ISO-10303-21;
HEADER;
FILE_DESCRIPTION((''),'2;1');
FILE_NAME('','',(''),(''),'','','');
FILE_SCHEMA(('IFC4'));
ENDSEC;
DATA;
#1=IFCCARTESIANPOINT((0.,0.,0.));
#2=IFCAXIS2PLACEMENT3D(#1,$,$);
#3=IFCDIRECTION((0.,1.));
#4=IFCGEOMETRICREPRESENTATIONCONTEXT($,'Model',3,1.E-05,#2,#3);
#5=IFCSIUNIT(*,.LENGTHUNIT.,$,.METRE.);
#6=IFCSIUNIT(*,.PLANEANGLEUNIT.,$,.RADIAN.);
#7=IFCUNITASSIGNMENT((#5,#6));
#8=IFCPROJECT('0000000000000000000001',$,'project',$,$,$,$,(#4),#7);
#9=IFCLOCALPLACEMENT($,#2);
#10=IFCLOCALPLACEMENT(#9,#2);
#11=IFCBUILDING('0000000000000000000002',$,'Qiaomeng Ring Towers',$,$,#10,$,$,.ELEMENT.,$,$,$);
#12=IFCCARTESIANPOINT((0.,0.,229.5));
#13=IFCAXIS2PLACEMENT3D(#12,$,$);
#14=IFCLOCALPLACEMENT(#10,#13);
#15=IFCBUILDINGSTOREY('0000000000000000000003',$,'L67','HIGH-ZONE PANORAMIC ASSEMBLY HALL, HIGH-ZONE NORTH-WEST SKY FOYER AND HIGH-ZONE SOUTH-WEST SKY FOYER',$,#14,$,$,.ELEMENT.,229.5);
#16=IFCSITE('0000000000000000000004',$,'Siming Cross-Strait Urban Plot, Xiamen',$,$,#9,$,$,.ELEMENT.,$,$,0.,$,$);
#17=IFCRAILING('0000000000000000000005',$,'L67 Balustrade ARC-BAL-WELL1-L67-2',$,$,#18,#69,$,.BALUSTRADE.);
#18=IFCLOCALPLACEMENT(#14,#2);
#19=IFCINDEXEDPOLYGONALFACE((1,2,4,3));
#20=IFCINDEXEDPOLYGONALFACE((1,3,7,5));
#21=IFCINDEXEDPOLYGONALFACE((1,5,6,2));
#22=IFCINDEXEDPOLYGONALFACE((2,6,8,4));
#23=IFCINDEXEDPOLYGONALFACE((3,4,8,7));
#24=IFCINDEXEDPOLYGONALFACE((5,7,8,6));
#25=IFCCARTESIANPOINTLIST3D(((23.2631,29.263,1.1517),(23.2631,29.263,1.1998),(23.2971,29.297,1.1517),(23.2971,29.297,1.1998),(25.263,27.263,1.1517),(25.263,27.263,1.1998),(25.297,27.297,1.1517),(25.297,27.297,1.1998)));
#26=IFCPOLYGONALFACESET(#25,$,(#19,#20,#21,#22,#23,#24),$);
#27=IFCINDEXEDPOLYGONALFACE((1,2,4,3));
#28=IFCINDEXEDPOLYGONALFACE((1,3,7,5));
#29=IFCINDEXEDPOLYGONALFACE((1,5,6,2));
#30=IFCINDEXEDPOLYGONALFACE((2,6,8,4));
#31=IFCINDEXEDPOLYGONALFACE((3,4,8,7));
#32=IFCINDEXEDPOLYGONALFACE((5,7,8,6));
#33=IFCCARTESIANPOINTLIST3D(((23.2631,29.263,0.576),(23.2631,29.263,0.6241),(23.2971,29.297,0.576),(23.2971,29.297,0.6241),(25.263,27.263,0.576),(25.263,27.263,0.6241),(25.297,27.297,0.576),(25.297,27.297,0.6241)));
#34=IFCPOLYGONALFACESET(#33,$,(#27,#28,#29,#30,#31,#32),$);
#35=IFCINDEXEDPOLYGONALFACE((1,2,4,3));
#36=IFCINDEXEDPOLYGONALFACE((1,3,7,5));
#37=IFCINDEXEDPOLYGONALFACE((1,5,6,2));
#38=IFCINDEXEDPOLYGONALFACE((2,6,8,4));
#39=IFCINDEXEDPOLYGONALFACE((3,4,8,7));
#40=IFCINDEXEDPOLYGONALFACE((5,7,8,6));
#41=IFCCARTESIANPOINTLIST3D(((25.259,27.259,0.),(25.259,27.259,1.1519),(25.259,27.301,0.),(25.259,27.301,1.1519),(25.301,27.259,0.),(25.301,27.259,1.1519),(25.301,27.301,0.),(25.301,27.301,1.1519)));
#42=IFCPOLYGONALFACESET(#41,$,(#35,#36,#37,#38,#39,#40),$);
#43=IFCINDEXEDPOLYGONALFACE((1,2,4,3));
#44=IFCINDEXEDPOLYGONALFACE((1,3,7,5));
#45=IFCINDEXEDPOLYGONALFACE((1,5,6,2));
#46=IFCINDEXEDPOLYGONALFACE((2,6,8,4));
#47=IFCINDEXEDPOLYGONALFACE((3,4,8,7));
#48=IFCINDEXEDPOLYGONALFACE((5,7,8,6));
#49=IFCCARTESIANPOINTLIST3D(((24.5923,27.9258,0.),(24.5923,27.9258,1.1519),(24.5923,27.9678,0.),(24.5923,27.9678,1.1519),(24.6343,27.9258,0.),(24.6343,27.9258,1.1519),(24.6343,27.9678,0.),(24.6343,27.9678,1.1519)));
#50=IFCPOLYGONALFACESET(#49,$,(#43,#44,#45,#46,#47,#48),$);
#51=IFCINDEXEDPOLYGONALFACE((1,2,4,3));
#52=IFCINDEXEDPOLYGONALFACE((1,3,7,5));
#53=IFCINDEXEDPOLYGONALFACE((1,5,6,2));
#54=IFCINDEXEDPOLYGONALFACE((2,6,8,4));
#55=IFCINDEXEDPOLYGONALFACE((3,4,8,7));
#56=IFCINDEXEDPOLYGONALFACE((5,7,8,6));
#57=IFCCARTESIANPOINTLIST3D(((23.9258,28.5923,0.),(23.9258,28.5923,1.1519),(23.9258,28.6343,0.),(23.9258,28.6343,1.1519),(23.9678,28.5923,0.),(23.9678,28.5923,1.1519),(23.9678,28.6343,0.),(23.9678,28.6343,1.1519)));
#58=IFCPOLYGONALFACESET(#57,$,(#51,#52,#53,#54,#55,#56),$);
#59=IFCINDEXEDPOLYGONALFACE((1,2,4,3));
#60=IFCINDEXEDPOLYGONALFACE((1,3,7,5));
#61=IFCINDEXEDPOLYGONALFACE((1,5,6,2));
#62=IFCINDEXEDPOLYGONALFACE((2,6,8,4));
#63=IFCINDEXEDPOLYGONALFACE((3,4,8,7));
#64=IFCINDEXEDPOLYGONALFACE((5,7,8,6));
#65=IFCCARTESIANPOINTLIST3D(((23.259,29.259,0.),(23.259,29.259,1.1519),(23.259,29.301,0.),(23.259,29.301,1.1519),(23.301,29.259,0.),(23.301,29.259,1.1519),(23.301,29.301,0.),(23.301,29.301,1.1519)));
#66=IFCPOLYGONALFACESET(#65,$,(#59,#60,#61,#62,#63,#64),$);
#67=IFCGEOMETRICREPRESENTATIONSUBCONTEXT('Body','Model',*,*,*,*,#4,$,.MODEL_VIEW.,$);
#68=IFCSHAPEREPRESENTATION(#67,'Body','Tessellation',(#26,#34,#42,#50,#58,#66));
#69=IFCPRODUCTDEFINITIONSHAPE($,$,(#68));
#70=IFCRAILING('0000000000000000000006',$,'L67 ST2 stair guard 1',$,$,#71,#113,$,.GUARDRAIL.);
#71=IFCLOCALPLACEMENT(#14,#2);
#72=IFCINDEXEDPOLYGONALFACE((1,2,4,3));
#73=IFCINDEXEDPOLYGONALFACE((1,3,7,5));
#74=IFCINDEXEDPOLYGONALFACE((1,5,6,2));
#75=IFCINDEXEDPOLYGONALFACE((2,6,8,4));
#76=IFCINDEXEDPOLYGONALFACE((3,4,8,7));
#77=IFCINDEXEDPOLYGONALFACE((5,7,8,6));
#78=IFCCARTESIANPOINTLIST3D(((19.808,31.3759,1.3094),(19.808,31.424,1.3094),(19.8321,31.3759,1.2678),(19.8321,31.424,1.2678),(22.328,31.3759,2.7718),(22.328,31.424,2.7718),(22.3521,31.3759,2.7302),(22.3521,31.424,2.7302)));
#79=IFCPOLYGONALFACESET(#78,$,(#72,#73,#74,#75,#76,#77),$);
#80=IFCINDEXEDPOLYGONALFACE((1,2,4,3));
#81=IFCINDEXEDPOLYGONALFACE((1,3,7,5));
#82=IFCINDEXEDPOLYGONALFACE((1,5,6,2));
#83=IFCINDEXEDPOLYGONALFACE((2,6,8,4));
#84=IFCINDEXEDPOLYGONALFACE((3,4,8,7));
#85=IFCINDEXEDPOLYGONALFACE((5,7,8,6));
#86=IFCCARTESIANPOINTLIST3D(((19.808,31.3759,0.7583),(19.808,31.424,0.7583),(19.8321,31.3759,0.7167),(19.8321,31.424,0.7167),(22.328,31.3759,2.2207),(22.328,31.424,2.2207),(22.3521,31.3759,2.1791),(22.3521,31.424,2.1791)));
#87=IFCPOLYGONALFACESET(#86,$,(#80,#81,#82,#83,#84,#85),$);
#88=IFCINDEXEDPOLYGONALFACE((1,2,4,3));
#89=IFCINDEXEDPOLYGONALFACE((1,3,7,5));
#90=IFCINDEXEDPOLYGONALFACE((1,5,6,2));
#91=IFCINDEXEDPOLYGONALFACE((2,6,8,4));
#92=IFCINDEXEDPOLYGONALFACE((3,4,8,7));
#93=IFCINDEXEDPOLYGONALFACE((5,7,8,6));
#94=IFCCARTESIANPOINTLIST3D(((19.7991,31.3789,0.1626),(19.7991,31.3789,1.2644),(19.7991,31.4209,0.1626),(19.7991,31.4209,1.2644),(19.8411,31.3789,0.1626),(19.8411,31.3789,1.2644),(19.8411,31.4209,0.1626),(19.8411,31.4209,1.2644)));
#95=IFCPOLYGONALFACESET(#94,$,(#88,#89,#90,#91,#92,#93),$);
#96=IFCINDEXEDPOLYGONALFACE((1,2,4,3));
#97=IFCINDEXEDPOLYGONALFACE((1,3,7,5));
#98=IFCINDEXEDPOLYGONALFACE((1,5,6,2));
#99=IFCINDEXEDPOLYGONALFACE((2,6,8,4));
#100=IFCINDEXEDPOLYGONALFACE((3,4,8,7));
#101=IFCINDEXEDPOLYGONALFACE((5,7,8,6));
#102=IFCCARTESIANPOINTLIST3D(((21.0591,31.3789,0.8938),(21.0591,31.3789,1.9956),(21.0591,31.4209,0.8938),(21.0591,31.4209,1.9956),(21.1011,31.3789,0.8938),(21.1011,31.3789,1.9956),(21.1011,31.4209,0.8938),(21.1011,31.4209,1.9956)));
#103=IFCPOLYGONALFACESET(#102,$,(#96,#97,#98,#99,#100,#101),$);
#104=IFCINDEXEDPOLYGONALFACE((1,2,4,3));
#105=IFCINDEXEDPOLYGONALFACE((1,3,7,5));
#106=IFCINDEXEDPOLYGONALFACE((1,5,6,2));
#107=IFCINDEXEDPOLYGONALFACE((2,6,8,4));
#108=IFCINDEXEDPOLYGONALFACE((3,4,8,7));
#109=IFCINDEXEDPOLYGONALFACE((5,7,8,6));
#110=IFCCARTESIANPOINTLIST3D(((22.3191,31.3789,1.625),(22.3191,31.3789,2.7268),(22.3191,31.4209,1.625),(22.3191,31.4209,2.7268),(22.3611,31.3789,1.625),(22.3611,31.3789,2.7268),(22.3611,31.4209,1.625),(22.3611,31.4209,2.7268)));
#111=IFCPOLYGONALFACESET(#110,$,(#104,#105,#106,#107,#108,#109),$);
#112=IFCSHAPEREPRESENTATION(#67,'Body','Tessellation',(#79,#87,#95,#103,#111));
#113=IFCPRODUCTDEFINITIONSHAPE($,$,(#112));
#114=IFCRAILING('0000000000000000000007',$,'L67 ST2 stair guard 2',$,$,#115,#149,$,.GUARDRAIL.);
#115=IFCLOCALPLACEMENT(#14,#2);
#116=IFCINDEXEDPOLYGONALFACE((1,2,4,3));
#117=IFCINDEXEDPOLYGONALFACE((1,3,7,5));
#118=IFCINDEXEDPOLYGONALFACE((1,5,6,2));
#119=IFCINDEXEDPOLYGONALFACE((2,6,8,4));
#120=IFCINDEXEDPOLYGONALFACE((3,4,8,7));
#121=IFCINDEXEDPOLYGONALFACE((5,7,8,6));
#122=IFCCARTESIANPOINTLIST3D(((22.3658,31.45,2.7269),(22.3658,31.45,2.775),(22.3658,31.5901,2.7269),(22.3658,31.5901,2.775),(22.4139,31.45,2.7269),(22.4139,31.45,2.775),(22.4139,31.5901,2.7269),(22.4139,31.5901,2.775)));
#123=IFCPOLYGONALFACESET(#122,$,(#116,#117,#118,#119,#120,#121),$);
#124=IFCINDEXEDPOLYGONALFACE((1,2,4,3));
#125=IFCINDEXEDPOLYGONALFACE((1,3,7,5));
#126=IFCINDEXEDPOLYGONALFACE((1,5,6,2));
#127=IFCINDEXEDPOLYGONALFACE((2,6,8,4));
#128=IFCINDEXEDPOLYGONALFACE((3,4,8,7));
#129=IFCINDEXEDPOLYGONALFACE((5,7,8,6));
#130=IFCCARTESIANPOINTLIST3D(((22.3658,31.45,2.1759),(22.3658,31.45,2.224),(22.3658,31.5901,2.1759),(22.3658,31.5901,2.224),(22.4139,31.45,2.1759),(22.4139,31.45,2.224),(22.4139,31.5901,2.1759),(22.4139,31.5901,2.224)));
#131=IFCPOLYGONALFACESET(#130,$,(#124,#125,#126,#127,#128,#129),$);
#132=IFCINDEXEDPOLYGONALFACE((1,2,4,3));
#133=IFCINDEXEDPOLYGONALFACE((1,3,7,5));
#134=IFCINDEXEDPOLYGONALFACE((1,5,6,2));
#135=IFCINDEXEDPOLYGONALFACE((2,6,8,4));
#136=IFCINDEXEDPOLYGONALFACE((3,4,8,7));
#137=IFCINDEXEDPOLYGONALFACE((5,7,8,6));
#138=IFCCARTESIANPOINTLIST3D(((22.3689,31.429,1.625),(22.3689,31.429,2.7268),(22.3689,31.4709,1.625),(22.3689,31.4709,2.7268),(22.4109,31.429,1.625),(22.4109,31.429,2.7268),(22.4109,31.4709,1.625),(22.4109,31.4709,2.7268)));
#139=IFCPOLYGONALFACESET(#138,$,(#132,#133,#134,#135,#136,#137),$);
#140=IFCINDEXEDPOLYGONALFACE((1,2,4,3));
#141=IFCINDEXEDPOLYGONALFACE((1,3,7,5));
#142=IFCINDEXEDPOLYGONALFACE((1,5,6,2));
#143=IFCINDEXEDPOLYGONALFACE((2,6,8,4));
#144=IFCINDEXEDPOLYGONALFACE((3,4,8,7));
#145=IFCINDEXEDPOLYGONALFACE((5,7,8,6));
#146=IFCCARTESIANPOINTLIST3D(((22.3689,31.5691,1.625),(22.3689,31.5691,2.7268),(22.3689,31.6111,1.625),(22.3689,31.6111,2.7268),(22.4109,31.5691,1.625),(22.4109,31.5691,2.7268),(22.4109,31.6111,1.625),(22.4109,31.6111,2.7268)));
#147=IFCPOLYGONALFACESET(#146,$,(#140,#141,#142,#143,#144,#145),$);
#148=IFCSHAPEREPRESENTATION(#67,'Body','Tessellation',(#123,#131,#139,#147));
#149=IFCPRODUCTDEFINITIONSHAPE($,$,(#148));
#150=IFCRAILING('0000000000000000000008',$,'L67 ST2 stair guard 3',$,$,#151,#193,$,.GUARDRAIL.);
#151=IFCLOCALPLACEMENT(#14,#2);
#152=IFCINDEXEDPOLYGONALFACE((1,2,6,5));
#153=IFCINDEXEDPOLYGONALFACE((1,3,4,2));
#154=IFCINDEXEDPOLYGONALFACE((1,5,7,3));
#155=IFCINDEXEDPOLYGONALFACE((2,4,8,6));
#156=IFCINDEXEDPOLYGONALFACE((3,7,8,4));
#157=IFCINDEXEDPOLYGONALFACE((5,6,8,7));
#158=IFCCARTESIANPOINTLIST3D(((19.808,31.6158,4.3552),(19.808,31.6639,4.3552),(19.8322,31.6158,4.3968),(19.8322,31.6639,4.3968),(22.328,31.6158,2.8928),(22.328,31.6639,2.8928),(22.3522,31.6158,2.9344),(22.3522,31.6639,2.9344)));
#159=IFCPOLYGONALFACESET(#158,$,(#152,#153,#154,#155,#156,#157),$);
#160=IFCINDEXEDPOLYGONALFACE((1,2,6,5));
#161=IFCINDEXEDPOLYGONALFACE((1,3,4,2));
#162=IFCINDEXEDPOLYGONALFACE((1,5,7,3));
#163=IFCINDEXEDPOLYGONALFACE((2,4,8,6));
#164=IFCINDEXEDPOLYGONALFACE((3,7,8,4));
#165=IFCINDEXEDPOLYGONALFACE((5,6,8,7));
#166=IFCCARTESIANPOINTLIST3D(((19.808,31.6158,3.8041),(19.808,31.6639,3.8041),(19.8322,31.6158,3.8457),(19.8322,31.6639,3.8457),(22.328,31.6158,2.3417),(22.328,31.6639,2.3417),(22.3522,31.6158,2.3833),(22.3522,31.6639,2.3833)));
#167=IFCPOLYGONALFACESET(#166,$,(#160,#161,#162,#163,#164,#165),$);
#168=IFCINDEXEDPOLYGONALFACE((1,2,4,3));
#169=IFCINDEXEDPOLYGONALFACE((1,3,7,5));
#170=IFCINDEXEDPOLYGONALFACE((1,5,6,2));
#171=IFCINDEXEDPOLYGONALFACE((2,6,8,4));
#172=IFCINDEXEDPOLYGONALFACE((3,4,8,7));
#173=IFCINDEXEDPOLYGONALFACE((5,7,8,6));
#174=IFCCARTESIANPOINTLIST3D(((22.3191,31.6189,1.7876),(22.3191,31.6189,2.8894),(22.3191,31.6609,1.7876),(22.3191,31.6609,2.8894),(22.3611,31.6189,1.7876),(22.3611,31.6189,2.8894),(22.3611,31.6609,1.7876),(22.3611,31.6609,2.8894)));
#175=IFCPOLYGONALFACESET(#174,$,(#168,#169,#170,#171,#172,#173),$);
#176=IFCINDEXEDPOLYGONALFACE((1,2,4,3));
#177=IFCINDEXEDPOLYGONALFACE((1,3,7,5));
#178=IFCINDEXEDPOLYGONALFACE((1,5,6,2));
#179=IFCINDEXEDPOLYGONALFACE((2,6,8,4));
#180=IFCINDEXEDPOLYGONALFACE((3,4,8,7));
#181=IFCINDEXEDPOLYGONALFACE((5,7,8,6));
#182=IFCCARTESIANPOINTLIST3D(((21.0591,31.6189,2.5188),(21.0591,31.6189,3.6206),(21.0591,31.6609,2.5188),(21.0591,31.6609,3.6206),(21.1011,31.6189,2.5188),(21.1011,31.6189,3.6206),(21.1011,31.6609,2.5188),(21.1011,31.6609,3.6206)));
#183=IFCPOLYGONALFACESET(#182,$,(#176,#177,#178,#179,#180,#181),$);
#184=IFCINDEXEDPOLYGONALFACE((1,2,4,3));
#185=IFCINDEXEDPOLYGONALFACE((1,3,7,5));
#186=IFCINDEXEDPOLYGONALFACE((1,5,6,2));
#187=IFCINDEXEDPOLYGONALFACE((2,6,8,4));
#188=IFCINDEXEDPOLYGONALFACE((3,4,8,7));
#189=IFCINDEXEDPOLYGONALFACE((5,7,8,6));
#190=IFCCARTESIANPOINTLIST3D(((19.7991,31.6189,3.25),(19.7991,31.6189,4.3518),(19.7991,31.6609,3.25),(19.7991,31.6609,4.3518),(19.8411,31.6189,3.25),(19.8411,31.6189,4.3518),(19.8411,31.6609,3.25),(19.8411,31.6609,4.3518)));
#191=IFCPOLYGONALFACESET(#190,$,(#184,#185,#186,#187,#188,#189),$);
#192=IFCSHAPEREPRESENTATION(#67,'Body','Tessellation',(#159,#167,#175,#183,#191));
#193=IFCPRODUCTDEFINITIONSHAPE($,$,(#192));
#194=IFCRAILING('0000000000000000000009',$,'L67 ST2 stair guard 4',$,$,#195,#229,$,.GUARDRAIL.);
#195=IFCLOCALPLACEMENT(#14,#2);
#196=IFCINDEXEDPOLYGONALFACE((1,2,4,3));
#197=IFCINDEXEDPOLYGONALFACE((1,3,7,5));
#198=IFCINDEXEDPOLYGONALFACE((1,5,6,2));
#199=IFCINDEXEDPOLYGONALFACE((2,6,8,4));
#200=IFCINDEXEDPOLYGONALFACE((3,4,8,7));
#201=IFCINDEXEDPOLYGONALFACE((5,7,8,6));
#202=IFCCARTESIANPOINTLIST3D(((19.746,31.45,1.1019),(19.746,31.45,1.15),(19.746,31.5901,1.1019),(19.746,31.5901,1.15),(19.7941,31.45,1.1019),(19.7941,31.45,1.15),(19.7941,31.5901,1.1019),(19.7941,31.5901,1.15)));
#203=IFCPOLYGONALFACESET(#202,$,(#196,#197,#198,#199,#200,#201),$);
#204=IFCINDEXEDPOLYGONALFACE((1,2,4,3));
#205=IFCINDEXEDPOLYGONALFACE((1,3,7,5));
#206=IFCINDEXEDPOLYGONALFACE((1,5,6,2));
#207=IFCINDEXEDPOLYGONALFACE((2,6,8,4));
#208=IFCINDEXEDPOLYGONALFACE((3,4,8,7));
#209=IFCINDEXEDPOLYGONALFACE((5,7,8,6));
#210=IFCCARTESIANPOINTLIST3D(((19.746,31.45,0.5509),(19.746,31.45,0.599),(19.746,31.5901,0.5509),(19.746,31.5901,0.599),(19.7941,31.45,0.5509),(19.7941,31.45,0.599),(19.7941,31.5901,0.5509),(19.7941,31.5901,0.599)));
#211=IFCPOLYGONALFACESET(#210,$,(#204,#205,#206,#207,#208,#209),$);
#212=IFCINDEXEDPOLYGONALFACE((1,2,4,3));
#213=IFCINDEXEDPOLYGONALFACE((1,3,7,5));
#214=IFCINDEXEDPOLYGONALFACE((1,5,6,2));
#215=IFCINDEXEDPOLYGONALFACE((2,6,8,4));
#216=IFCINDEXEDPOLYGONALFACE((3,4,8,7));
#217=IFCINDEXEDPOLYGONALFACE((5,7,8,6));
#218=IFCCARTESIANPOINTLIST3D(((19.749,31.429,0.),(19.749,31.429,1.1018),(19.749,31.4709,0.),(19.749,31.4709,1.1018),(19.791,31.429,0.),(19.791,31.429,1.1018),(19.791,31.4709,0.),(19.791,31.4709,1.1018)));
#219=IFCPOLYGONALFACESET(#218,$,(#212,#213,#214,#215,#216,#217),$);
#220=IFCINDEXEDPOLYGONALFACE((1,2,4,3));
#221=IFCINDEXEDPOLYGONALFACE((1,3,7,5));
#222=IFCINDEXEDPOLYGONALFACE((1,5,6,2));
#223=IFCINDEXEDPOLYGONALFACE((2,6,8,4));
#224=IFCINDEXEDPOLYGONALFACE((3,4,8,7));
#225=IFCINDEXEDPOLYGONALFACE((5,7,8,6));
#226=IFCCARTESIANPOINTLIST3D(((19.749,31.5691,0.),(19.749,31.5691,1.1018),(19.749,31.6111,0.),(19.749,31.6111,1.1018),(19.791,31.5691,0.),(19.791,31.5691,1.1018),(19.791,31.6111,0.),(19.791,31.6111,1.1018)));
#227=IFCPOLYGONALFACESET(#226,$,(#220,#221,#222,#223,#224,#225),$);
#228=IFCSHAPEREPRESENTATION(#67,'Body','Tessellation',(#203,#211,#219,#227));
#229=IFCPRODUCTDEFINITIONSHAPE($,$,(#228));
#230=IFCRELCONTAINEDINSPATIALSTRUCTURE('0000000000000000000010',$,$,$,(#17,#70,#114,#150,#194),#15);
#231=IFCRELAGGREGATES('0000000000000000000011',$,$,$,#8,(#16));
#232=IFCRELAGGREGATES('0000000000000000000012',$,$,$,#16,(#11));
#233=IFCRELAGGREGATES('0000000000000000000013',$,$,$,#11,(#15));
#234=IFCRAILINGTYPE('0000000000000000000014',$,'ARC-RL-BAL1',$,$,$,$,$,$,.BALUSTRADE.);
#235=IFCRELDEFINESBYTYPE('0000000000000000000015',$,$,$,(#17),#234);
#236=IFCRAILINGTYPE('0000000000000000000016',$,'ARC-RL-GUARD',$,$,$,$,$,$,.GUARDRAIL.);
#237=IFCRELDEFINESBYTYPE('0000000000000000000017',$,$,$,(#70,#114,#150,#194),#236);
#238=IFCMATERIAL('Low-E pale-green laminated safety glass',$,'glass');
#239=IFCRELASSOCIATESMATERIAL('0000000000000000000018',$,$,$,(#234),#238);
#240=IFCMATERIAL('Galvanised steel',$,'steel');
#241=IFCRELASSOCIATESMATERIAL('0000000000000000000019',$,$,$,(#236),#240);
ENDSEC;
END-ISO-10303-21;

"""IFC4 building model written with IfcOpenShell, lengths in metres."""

from ifc_helpers import new_model, si_unit, direction, frame, origin, origin_2d, place, context, subcontext, project, spatial, rectangle, extrude, material, type_object, element, save


model = new_model("IFC4")

# Units and contexts
model_context = context("Model", 3, precision=1e-05, world=origin(), true_north=direction((0.0, 1.0)))
body_context = subcontext(model_context, "Body", "Model", "MODEL_VIEW")
ifc_project = project(units=[si_unit("LENGTHUNIT", "METRE"), si_unit("PLANEANGLEUNIT", "RADIAN")], contexts=[model_context])

# Site, building, storey
site_placement = place(None, origin())
site = spatial("IfcSite", under=ifc_project, at=site_placement, Name="Siming Cross-Strait Urban Plot, Xiamen", CompositionType="ELEMENT", RefElevation=0.0)
building_placement = place(site_placement, origin())
building = spatial("IfcBuilding", under=site, at=building_placement, Name="Qiaomeng Ring Towers", CompositionType="ELEMENT")
storey_placement = place(building_placement, frame((0.0, 0.0, 229.5)))
storey = spatial("IfcBuildingStorey", under=building, at=storey_placement, Name="L67", Description="HIGH-ZONE PANORAMIC ASSEMBLY HALL, HIGH-ZONE NORTH-WEST SKY FOYER AND HIGH-ZONE SOUTH-WEST SKY FOYER", CompositionType="ELEMENT", Elevation=229.5)

# Shared definitions
ifc_material_1 = material(Name="Galvanised steel", Category="steel")

# Railings
ifc_material_2 = material(Name="Low-E pale-green laminated safety glass", Category="glass")
railing_type_1 = type_object("IfcRailingType", Name="ARC-RL-BAL1", PredefinedType="BALUSTRADE", material=ifc_material_2)
railing_1_placement = place(storey_placement, frame((25.28, 27.28, 0.0)))
element("IfcRailing", 1, at=railing_1_placement, inside=storey, type_object=railing_type_1, Name="L67 Balustrade ARC-BAL-WELL1-L67-2", PredefinedType="BALUSTRADE", context=body_context, shape_type="SweptSolid", body=[
    extrude(rectangle(XDim=0.0481, YDim=0.0481, at=origin_2d()), frame((0.0, 0.0, 1.1758), z_axis=(-0.707107, 0.707107, 0.0), x_axis=(-0.707107, -0.707107, 0.0)), (0.0, 0.0, 1.0), 2.8284),
    extrude(rectangle(XDim=0.0481, YDim=0.0481, at=origin_2d()), frame((0.0, 0.0, 0.6001), z_axis=(-0.707107, 0.707107, 0.0), x_axis=(-0.707107, -0.707107, 0.0)), (0.0, 0.0, 1.0), 2.8284),
    extrude(rectangle(XDim=0.042, YDim=0.042, at=origin_2d()), origin(), (0.0, 0.0, 1.0), 1.1519),
    extrude(rectangle(XDim=0.042, YDim=0.042, at=origin_2d()), frame((-0.6667, 0.6667, 0.0)), (0.0, 0.0, 1.0), 1.1519),
    extrude(rectangle(XDim=0.042, YDim=0.042, at=origin_2d()), frame((-1.3333, 1.3333, 0.0)), (0.0, 0.0, 1.0), 1.1519),
    extrude(rectangle(XDim=0.042, YDim=0.042, at=origin_2d()), frame((-2.0, 2.0, 0.0)), (0.0, 0.0, 1.0), 1.1519),
])
railing_type_2 = type_object("IfcRailingType", Name="ARC-RL-GUARD", PredefinedType="GUARDRAIL", material=ifc_material_1)
railing_2_placement = place(storey_placement, frame((19.8201, 31.3999, 0.1626)))
element("IfcRailing", 2, at=railing_2_placement, inside=storey, type_object=railing_type_2, Name="L67 ST2 stair guard 1", PredefinedType="GUARDRAIL", context=body_context, shape_type="SweptSolid", body=[
    extrude(rectangle(XDim=0.0481, YDim=0.0481, at=origin_2d()), frame((0.0, 0.0, 1.126), z_axis=(0.864913, 0.0, 0.501921), x_axis=(0.0, 1.0, 0.0)), (0.0, 0.0, 1.0), 2.9136),
    extrude(rectangle(XDim=0.0481, YDim=0.0481, at=origin_2d()), frame((0.0, 0.0, 0.575), z_axis=(0.864913, 0.0, 0.501921), x_axis=(0.0, 1.0, 0.0)), (0.0, 0.0, 1.0), 2.9136),
    extrude(rectangle(XDim=0.042, YDim=0.042, at=origin_2d()), origin(), (0.0, 0.0, 1.0), 1.1018),
    extrude(rectangle(XDim=0.042, YDim=0.042, at=origin_2d()), frame((1.26, 0.0, 0.7312)), (0.0, 0.0, 1.0), 1.1018),
    extrude(rectangle(XDim=0.042, YDim=0.042, at=origin_2d()), frame((2.52, 0.0, 1.4624)), (0.0, 0.0, 1.0), 1.1018),
])
railing_3_placement = place(storey_placement, frame((22.3899, 31.45, 1.625)))
element("IfcRailing", 3, at=railing_3_placement, inside=storey, type_object=railing_type_2, Name="L67 ST2 stair guard 2", PredefinedType="GUARDRAIL", context=body_context, shape_type="SweptSolid", body=[
    extrude(rectangle(XDim=0.0481, YDim=0.0481, at=origin_2d()), frame((0.0, 0.0, 1.126), z_axis=(0.0, 1.0, 0.0), x_axis=(-1.0, 0.0, 0.0)), (0.0, 0.0, 1.0), 0.1401),
    extrude(rectangle(XDim=0.0481, YDim=0.0481, at=origin_2d()), frame((0.0, 0.0, 0.575), z_axis=(0.0, 1.0, 0.0), x_axis=(-1.0, 0.0, 0.0)), (0.0, 0.0, 1.0), 0.1401),
    extrude(rectangle(XDim=0.042, YDim=0.042, at=origin_2d()), origin(), (0.0, 0.0, 1.0), 1.1018),
    extrude(rectangle(XDim=0.042, YDim=0.042, at=origin_2d()), frame((0.0, 0.1401, 0.0)), (0.0, 0.0, 1.0), 1.1018),
])
railing_4_placement = place(storey_placement, frame((22.3401, 31.6399, 1.7876)))
element("IfcRailing", 4, at=railing_4_placement, inside=storey, type_object=railing_type_2, Name="L67 ST2 stair guard 3", PredefinedType="GUARDRAIL", context=body_context, shape_type="SweptSolid", body=[
    extrude(rectangle(XDim=0.0481, YDim=0.0481, at=origin_2d()), frame((0.0, 0.0, 1.126), z_axis=(-0.864913, 0.0, 0.501921), x_axis=(0.0, -1.0, 0.0)), (0.0, 0.0, 1.0), 2.9136),
    extrude(rectangle(XDim=0.0481, YDim=0.0481, at=origin_2d()), frame((0.0, 0.0, 0.575), z_axis=(-0.864913, 0.0, 0.501921), x_axis=(0.0, -1.0, 0.0)), (0.0, 0.0, 1.0), 2.9136),
    extrude(rectangle(XDim=0.042, YDim=0.042, at=origin_2d()), origin(), (0.0, 0.0, 1.0), 1.1018),
    extrude(rectangle(XDim=0.042, YDim=0.042, at=origin_2d()), frame((-1.26, 0.0, 0.7312)), (0.0, 0.0, 1.0), 1.1018),
    extrude(rectangle(XDim=0.042, YDim=0.042, at=origin_2d()), frame((-2.52, 0.0, 1.4624)), (0.0, 0.0, 1.0), 1.1018),
])
railing_5_placement = place(storey_placement, frame((19.77, 31.45, 0.0)))
element("IfcRailing", 5, at=railing_5_placement, inside=storey, type_object=railing_type_2, Name="L67 ST2 stair guard 4", PredefinedType="GUARDRAIL", context=body_context, shape_type="SweptSolid", body=[
    extrude(rectangle(XDim=0.0481, YDim=0.0481, at=origin_2d()), frame((0.0, 0.0, 1.126), z_axis=(0.0, 1.0, 0.0), x_axis=(-1.0, 0.0, 0.0)), (0.0, 0.0, 1.0), 0.1401),
    extrude(rectangle(XDim=0.0481, YDim=0.0481, at=origin_2d()), frame((0.0, 0.0, 0.575), z_axis=(0.0, 1.0, 0.0), x_axis=(-1.0, 0.0, 0.0)), (0.0, 0.0, 1.0), 0.1401),
    extrude(rectangle(XDim=0.042, YDim=0.042, at=origin_2d()), origin(), (0.0, 0.0, 1.0), 1.1018),
    extrude(rectangle(XDim=0.042, YDim=0.042, at=origin_2d()), frame((0.0, 0.1401, 0.0)), (0.0, 0.0, 1.0), 1.1018),
])

save(model, "model.ifc")
